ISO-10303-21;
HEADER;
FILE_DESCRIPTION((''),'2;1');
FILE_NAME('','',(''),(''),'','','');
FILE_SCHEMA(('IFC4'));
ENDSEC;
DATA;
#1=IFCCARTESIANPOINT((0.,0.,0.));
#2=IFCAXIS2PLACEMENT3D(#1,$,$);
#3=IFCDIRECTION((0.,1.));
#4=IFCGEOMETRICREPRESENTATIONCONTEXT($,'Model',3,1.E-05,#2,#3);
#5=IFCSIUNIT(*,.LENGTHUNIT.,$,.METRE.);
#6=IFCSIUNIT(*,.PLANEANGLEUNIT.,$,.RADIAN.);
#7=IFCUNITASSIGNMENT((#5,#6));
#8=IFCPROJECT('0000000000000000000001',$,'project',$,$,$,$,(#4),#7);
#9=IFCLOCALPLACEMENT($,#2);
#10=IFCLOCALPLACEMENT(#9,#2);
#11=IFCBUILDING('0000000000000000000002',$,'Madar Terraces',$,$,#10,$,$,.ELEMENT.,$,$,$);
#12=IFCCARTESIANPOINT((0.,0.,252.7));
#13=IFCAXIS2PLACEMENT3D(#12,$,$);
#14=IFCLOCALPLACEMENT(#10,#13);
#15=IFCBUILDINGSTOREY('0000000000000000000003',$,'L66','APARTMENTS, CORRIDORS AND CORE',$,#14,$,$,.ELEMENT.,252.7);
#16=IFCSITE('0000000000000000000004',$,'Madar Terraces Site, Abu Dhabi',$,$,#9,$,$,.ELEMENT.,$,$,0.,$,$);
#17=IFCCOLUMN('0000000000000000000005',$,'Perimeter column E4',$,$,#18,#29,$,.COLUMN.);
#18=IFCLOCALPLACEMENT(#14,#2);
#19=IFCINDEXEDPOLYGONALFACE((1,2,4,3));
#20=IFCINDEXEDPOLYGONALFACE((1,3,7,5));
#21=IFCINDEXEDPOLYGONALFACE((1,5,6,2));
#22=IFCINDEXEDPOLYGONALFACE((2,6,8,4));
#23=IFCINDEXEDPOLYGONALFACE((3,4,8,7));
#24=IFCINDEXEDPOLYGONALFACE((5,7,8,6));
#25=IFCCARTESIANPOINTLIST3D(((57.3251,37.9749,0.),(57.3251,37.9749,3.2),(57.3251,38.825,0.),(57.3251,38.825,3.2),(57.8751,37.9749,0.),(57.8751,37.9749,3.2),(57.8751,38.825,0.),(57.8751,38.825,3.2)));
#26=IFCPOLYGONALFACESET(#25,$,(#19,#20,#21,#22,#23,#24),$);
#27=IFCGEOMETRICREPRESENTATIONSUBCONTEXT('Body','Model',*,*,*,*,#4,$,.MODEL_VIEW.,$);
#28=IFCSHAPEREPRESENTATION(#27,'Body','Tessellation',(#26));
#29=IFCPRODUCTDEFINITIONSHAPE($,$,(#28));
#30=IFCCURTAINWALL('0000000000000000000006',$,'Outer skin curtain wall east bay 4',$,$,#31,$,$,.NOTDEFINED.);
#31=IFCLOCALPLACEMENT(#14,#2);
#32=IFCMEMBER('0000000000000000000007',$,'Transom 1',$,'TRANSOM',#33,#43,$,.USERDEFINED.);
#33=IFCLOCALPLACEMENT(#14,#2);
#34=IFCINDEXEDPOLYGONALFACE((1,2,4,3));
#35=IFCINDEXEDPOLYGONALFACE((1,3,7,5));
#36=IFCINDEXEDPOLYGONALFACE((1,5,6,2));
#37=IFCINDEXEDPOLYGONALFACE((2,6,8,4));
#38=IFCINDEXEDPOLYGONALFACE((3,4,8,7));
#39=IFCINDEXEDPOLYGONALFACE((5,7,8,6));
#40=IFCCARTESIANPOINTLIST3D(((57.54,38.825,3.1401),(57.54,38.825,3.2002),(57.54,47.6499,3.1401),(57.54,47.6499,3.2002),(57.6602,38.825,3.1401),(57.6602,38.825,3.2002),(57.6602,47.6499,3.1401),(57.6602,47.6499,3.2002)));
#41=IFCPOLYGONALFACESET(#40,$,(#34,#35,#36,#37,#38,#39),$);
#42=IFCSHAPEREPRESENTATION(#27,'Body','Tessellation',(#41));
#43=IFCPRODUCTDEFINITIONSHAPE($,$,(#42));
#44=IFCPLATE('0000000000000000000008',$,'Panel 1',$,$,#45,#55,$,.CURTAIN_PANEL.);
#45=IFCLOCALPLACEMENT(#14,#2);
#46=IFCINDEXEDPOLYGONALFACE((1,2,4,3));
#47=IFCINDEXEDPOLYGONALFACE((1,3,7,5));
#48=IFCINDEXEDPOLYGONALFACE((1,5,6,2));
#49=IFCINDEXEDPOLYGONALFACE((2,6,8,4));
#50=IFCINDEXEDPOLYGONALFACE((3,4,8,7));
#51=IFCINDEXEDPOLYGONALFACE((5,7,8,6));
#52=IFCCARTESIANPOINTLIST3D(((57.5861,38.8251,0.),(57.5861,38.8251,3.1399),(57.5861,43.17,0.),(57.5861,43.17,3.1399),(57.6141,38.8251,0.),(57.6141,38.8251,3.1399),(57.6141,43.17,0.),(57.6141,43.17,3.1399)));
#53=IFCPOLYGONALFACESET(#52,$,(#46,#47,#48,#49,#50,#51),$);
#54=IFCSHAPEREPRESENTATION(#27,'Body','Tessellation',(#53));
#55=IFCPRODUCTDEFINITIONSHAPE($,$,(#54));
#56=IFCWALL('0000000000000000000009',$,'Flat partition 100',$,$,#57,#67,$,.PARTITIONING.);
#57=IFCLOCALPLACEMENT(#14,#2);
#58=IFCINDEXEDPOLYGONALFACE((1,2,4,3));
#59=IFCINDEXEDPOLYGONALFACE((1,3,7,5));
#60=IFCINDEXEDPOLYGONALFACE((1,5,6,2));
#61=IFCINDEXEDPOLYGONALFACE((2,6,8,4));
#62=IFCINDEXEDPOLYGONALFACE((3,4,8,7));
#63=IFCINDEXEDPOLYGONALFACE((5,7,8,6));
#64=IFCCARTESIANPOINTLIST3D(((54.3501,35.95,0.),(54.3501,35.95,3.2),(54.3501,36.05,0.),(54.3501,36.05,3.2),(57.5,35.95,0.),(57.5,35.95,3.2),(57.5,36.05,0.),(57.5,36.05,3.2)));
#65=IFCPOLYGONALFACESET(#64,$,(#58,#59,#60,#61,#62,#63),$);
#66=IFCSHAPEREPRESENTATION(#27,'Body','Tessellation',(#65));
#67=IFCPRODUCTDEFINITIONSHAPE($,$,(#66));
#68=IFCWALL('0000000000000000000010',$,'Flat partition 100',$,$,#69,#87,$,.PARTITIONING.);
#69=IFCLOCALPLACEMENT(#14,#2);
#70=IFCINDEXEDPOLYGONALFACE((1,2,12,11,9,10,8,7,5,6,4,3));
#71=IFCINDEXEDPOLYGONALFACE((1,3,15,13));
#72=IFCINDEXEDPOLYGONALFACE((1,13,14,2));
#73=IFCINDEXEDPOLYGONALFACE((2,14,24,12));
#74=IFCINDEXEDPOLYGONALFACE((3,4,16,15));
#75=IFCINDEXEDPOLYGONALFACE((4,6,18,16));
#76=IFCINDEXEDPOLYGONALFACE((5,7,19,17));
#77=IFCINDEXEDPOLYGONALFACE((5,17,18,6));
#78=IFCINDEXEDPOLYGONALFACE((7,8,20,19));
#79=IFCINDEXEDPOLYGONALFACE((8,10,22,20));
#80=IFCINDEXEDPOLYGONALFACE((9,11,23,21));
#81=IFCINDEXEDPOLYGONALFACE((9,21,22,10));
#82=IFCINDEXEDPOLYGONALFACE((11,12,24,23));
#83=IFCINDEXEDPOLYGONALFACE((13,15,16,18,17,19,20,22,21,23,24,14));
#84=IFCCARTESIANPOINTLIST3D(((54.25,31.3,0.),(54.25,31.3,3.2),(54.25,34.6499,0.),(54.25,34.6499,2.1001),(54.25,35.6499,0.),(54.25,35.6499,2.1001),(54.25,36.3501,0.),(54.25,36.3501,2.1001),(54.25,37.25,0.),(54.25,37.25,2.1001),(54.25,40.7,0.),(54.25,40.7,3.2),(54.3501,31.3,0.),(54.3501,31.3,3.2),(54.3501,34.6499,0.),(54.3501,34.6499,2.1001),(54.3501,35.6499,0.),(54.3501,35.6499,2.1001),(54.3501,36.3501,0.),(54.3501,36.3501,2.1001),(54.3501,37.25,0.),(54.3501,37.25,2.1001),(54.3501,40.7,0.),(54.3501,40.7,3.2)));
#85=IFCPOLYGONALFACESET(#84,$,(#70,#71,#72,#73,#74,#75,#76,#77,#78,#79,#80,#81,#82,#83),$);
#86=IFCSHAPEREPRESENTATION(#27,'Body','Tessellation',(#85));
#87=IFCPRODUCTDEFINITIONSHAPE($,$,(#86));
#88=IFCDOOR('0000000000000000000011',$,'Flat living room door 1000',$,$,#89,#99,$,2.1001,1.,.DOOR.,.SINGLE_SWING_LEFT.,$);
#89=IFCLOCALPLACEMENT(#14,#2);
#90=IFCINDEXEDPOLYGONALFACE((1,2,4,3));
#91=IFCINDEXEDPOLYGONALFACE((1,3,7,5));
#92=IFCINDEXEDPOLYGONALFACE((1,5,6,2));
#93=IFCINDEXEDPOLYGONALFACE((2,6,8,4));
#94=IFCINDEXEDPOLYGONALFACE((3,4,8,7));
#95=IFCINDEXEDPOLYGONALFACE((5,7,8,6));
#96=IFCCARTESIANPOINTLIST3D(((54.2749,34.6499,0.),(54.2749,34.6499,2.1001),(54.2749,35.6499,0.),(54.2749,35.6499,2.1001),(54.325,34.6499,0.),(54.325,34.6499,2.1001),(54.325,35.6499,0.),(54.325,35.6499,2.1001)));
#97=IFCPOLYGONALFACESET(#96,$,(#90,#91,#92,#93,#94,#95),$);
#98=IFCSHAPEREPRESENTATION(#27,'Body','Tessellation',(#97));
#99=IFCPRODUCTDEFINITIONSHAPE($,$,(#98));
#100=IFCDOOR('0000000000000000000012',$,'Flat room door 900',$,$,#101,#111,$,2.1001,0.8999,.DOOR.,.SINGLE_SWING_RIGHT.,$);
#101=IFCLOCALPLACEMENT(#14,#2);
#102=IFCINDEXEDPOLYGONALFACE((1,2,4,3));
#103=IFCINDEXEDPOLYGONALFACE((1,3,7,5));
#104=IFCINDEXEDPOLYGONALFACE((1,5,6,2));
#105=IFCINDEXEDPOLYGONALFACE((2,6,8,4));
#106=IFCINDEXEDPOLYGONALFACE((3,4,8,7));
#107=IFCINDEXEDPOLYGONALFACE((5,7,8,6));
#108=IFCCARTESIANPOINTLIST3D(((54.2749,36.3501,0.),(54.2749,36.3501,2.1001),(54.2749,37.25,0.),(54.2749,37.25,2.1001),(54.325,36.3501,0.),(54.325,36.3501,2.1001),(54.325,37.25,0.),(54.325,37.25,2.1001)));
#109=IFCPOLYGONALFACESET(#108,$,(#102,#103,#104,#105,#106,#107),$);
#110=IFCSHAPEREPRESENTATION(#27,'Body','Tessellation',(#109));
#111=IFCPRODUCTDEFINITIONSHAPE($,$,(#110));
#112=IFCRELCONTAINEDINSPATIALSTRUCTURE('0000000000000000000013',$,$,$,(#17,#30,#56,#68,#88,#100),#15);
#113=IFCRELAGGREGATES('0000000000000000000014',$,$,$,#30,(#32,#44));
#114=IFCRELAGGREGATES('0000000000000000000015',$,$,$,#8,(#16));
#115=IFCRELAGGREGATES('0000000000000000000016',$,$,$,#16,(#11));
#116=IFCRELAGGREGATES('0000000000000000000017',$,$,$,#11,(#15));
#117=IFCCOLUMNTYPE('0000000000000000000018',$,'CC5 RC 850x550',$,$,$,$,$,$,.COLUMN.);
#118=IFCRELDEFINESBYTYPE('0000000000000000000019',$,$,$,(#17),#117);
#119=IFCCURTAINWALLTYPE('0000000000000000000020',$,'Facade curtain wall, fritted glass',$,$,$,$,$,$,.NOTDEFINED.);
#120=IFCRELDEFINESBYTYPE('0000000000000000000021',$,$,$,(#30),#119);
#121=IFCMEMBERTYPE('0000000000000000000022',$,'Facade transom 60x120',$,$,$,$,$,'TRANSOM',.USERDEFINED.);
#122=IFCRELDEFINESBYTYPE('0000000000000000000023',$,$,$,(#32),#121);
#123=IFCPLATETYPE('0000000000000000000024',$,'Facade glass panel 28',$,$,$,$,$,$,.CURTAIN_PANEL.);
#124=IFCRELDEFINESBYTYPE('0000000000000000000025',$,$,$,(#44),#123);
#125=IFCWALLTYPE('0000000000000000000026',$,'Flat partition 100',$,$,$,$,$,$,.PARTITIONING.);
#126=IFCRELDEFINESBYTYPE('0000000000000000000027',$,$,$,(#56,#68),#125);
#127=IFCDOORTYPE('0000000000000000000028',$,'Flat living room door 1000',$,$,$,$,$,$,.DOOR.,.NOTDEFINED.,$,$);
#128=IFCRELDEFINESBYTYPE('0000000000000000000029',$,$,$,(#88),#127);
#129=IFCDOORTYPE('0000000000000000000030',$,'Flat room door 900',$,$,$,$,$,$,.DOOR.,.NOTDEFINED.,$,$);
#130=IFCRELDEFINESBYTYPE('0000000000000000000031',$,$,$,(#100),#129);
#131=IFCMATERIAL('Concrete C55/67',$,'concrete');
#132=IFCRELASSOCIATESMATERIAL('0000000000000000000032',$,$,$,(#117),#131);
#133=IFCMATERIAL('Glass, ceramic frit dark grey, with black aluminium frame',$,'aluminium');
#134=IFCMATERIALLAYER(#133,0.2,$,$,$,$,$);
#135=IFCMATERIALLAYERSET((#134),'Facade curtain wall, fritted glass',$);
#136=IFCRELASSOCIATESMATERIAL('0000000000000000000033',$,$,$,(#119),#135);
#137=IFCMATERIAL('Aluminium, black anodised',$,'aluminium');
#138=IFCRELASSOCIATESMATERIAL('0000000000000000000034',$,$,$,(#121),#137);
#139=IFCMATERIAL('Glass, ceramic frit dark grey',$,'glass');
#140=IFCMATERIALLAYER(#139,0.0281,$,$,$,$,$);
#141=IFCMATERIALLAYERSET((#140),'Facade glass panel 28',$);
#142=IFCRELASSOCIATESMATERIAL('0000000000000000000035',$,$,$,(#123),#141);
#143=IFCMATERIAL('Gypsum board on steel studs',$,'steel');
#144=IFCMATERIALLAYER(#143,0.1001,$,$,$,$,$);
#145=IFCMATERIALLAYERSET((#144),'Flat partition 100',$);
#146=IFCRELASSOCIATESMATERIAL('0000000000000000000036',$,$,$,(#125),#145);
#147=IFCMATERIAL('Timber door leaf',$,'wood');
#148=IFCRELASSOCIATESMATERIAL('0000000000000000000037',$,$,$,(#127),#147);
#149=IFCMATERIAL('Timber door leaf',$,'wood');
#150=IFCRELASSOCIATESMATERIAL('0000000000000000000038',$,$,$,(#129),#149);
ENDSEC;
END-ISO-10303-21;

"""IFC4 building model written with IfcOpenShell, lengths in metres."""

from ifc_helpers import new_model, si_unit, direction, frame, frame_2d, origin, origin_2d, place, context, subcontext, project, spatial, rectangle, extrude, material, layer, layer_set, material_profile, profile_set, type_object, element, fill, aggregate, save


model = new_model("IFC4")

# Units and contexts
model_context = context("Model", 3, precision=1e-05, world=origin(), true_north=direction((0.0, 1.0)))
body_context = subcontext(model_context, "Body", "Model", "MODEL_VIEW")
ifc_project = project(units=[si_unit("LENGTHUNIT", "METRE"), si_unit("PLANEANGLEUNIT", "RADIAN")], contexts=[model_context])

# Site, building, storey
site_placement = place(None, origin())
site = spatial("IfcSite", under=ifc_project, at=site_placement, Name="Madar Terraces Site, Abu Dhabi", CompositionType="ELEMENT", RefElevation=0.0)
building_placement = place(site_placement, origin())
building = spatial("IfcBuilding", under=site, at=building_placement, Name="Madar Terraces", CompositionType="ELEMENT")
storey_placement = place(building_placement, frame((0.0, 0.0, 252.7)))
storey = spatial("IfcBuildingStorey", under=building, at=storey_placement, Name="L66", Description="APARTMENTS, CORRIDORS AND CORE", CompositionType="ELEMENT", Elevation=252.7)

# Column
ifc_material_1 = material(Name="Concrete C55/67", Category="concrete")
ifc_material_profile_1 = material_profile(ifc_material_1, rectangle(XDim=0.8501, YDim=0.55, at=origin_2d()), Name="CC5 RC 850x550")
ifc_profile_set_1 = profile_set([ifc_material_profile_1], Name="Concrete C55/67")
column_type = type_object("IfcColumnType", Name="CC5 RC 850x550", PredefinedType="COLUMN", material=ifc_profile_set_1)
column_placement = place(storey_placement, frame((57.6001, 38.3999, 0.0), z_axis=(0.0, 0.0, 1.0), x_axis=(0.0, 1.0, 0.0)))
element("IfcColumn", 1, at=column_placement, inside=storey, type_object=column_type, Name="Perimeter column E4", PredefinedType="COLUMN", context=body_context, shape_type="SweptSolid", body=[
    extrude(rectangle(XDim=0.8501, YDim=0.55, at=origin_2d()), origin(), (0.0, 0.0, 1.0), 3.2),
])

# Curtain wall, member, plate
ifc_material_2 = material(Name="Glass, ceramic frit dark grey, with black aluminium frame", Category="aluminium")
ifc_layer_1 = layer(ifc_material_2, 0.2)
ifc_layer_set_1 = layer_set([ifc_layer_1], Name="Facade curtain wall, fritted glass")
curtain_wall_type = type_object("IfcCurtainWallType", Name="Facade curtain wall, fritted glass", PredefinedType="NOTDEFINED", material=ifc_layer_set_1)
curtain_wall_placement = place(storey_placement, origin())
curtain_wall = element("IfcCurtainWall", 2, at=curtain_wall_placement, inside=storey, type_object=curtain_wall_type, Name="Outer skin curtain wall east bay 4", PredefinedType="NOTDEFINED")
ifc_material_3 = material(Name="Aluminium, black anodised", Category="aluminium")
ifc_material_profile_2 = material_profile(ifc_material_3, rectangle(XDim=0.1201, YDim=0.0601, at=origin_2d()), Name="Facade transom 60x120")
ifc_profile_set_2 = profile_set([ifc_material_profile_2], Name="Aluminium, black anodised")
member_type = type_object("IfcMemberType", Name="Facade transom 60x120", ElementType="TRANSOM", PredefinedType="USERDEFINED", material=ifc_profile_set_2)
member_placement = place(storey_placement, frame((57.6001, 38.825, 3.1702), z_axis=(0.0, 1.0, 0.0), x_axis=(-1.0, 0.0, 0.0)))
member = element("IfcMember", 3, at=member_placement, type_object=member_type, Name="Transom 1", ObjectType="TRANSOM", PredefinedType="USERDEFINED", context=body_context, shape_type="SweptSolid", body=[
    extrude(rectangle(XDim=0.1201, YDim=0.0601, at=origin_2d()), origin(), (0.0, 0.0, 1.0), 8.825),
])
ifc_material_4 = material(Name="Glass, ceramic frit dark grey", Category="glass")
ifc_layer_2 = layer(ifc_material_4, 0.0281)
ifc_layer_set_2 = layer_set([ifc_layer_2], Name="Facade glass panel 28")
plate_type = type_object("IfcPlateType", Name="Facade glass panel 28", PredefinedType="CURTAIN_PANEL", material=ifc_layer_set_2)
plate_placement = place(storey_placement, frame((57.6001, 40.9976, 0.0), z_axis=(0.0, 0.0, 1.0), x_axis=(0.0, 1.0, 0.0)))
plate = element("IfcPlate", 4, at=plate_placement, type_object=plate_type, Name="Panel 1", PredefinedType="CURTAIN_PANEL", context=body_context, shape_type="SweptSolid", body=[
    extrude(rectangle(XDim=4.345, YDim=0.0281, at=origin_2d()), origin(), (0.0, 0.0, 1.0), 3.1399),
])
aggregate(curtain_wall, [member, plate])

# Wall
ifc_material_5 = material(Name="Gypsum board on steel studs", Category="steel")
ifc_layer_3 = layer(ifc_material_5, 0.1001)
ifc_layer_set_3 = layer_set([ifc_layer_3], Name="Flat partition 100")
wall_type_1 = type_object("IfcWallType", Name="Flat partition 100", PredefinedType="PARTITIONING", material=ifc_layer_set_3)
wall_1_placement = place(storey_placement, frame((54.3501, 36.0, 0.0), z_axis=(0.0, 0.0, 1.0), x_axis=(1.0, 0.0, 0.0)))
element("IfcWall", 5, at=wall_1_placement, inside=storey, type_object=wall_type_1, Name="Flat partition 100", PredefinedType="PARTITIONING", context=body_context, shape_type="SweptSolid", body=[
    extrude(rectangle(XDim=3.1499, YDim=0.1001, at=frame_2d((1.575, 0.0))), origin(), (0.0, 0.0, 1.0), 3.2),
])

# Wall, openings, doors
wall_2_placement = place(storey_placement, frame((54.3, 40.7, 0.0), z_axis=(0.0, 0.0, 1.0), x_axis=(0.0, -1.0, 0.0)))
wall_2 = element("IfcWall", 6, at=wall_2_placement, inside=storey, type_object=wall_type_1, Name="Flat partition 100", PredefinedType="PARTITIONING", context=body_context, shape_type="SweptSolid", body=[
    extrude(rectangle(XDim=9.3999, YDim=0.1001, at=frame_2d((4.7, 0.0))), origin(), (0.0, 0.0, 1.0), 3.2),
])
opening_1_placement = place(wall_2_placement, frame((3.45, 0.0, 0.0)))
opening_1 = element("IfcOpeningElement", 7, at=opening_1_placement, cuts=wall_2, PredefinedType="OPENING", context=body_context, shape_type="SweptSolid", body=[
    extrude(rectangle(XDim=0.8999, YDim=2.1001, at=frame_2d((0.45, 1.05))), frame((0.0, 0.0601, 0.0), z_axis=(0.0, -1.0, 0.0), x_axis=(1.0, 0.0, 0.0)), (0.0, 0.0, 1.0), 0.1201),
])
opening_2_placement = place(wall_2_placement, frame((5.05, 0.0, 0.0)))
opening_2 = element("IfcOpeningElement", 8, at=opening_2_placement, cuts=wall_2, PredefinedType="OPENING", context=body_context, shape_type="SweptSolid", body=[
    extrude(rectangle(XDim=1.0, YDim=2.1001, at=frame_2d((0.5, 1.05))), frame((0.0, 0.0601, 0.0), z_axis=(0.0, -1.0, 0.0), x_axis=(1.0, 0.0, 0.0)), (0.0, 0.0, 1.0), 0.1201),
])
ifc_material_6 = material(Name="Timber door leaf", Category="wood")
door_type_1 = type_object("IfcDoorType", Name="Flat living room door 1000", OperationType="NOTDEFINED", PredefinedType="DOOR", material=ifc_material_6)
door_1_placement = place(opening_2_placement, origin())
door_1 = element("IfcDoor", 9, at=door_1_placement, inside=storey, type_object=door_type_1, Name="Flat living room door 1000", OperationType="SINGLE_SWING_LEFT", OverallHeight=2.1001, OverallWidth=1.0, PredefinedType="DOOR", context=body_context, shape_type="SweptSolid", body=[
    extrude(rectangle(XDim=1.0, YDim=2.1001, at=frame_2d((0.5, 1.05))), frame((0.0, 0.0249, 0.0), z_axis=(0.0, -1.0, 0.0), x_axis=(1.0, 0.0, 0.0)), (0.0, 0.0, 1.0), 0.05),
])
fill(opening_2, door_1)
ifc_material_7 = material(Name="Timber door leaf", Category="wood")
door_type_2 = type_object("IfcDoorType", Name="Flat room door 900", OperationType="NOTDEFINED", PredefinedType="DOOR", material=ifc_material_7)
door_2_placement = place(opening_1_placement, origin())
door_2 = element("IfcDoor", 10, at=door_2_placement, inside=storey, type_object=door_type_2, Name="Flat room door 900", OperationType="SINGLE_SWING_RIGHT", OverallHeight=2.1001, OverallWidth=0.8999, PredefinedType="DOOR", context=body_context, shape_type="SweptSolid", body=[
    extrude(rectangle(XDim=0.8999, YDim=2.1001, at=frame_2d((0.45, 1.05))), frame((0.0, 0.0249, 0.0), z_axis=(0.0, -1.0, 0.0), x_axis=(1.0, 0.0, 0.0)), (0.0, 0.0, 1.0), 0.05),
])
fill(opening_1, door_2)

save(model, "model.ifc")
